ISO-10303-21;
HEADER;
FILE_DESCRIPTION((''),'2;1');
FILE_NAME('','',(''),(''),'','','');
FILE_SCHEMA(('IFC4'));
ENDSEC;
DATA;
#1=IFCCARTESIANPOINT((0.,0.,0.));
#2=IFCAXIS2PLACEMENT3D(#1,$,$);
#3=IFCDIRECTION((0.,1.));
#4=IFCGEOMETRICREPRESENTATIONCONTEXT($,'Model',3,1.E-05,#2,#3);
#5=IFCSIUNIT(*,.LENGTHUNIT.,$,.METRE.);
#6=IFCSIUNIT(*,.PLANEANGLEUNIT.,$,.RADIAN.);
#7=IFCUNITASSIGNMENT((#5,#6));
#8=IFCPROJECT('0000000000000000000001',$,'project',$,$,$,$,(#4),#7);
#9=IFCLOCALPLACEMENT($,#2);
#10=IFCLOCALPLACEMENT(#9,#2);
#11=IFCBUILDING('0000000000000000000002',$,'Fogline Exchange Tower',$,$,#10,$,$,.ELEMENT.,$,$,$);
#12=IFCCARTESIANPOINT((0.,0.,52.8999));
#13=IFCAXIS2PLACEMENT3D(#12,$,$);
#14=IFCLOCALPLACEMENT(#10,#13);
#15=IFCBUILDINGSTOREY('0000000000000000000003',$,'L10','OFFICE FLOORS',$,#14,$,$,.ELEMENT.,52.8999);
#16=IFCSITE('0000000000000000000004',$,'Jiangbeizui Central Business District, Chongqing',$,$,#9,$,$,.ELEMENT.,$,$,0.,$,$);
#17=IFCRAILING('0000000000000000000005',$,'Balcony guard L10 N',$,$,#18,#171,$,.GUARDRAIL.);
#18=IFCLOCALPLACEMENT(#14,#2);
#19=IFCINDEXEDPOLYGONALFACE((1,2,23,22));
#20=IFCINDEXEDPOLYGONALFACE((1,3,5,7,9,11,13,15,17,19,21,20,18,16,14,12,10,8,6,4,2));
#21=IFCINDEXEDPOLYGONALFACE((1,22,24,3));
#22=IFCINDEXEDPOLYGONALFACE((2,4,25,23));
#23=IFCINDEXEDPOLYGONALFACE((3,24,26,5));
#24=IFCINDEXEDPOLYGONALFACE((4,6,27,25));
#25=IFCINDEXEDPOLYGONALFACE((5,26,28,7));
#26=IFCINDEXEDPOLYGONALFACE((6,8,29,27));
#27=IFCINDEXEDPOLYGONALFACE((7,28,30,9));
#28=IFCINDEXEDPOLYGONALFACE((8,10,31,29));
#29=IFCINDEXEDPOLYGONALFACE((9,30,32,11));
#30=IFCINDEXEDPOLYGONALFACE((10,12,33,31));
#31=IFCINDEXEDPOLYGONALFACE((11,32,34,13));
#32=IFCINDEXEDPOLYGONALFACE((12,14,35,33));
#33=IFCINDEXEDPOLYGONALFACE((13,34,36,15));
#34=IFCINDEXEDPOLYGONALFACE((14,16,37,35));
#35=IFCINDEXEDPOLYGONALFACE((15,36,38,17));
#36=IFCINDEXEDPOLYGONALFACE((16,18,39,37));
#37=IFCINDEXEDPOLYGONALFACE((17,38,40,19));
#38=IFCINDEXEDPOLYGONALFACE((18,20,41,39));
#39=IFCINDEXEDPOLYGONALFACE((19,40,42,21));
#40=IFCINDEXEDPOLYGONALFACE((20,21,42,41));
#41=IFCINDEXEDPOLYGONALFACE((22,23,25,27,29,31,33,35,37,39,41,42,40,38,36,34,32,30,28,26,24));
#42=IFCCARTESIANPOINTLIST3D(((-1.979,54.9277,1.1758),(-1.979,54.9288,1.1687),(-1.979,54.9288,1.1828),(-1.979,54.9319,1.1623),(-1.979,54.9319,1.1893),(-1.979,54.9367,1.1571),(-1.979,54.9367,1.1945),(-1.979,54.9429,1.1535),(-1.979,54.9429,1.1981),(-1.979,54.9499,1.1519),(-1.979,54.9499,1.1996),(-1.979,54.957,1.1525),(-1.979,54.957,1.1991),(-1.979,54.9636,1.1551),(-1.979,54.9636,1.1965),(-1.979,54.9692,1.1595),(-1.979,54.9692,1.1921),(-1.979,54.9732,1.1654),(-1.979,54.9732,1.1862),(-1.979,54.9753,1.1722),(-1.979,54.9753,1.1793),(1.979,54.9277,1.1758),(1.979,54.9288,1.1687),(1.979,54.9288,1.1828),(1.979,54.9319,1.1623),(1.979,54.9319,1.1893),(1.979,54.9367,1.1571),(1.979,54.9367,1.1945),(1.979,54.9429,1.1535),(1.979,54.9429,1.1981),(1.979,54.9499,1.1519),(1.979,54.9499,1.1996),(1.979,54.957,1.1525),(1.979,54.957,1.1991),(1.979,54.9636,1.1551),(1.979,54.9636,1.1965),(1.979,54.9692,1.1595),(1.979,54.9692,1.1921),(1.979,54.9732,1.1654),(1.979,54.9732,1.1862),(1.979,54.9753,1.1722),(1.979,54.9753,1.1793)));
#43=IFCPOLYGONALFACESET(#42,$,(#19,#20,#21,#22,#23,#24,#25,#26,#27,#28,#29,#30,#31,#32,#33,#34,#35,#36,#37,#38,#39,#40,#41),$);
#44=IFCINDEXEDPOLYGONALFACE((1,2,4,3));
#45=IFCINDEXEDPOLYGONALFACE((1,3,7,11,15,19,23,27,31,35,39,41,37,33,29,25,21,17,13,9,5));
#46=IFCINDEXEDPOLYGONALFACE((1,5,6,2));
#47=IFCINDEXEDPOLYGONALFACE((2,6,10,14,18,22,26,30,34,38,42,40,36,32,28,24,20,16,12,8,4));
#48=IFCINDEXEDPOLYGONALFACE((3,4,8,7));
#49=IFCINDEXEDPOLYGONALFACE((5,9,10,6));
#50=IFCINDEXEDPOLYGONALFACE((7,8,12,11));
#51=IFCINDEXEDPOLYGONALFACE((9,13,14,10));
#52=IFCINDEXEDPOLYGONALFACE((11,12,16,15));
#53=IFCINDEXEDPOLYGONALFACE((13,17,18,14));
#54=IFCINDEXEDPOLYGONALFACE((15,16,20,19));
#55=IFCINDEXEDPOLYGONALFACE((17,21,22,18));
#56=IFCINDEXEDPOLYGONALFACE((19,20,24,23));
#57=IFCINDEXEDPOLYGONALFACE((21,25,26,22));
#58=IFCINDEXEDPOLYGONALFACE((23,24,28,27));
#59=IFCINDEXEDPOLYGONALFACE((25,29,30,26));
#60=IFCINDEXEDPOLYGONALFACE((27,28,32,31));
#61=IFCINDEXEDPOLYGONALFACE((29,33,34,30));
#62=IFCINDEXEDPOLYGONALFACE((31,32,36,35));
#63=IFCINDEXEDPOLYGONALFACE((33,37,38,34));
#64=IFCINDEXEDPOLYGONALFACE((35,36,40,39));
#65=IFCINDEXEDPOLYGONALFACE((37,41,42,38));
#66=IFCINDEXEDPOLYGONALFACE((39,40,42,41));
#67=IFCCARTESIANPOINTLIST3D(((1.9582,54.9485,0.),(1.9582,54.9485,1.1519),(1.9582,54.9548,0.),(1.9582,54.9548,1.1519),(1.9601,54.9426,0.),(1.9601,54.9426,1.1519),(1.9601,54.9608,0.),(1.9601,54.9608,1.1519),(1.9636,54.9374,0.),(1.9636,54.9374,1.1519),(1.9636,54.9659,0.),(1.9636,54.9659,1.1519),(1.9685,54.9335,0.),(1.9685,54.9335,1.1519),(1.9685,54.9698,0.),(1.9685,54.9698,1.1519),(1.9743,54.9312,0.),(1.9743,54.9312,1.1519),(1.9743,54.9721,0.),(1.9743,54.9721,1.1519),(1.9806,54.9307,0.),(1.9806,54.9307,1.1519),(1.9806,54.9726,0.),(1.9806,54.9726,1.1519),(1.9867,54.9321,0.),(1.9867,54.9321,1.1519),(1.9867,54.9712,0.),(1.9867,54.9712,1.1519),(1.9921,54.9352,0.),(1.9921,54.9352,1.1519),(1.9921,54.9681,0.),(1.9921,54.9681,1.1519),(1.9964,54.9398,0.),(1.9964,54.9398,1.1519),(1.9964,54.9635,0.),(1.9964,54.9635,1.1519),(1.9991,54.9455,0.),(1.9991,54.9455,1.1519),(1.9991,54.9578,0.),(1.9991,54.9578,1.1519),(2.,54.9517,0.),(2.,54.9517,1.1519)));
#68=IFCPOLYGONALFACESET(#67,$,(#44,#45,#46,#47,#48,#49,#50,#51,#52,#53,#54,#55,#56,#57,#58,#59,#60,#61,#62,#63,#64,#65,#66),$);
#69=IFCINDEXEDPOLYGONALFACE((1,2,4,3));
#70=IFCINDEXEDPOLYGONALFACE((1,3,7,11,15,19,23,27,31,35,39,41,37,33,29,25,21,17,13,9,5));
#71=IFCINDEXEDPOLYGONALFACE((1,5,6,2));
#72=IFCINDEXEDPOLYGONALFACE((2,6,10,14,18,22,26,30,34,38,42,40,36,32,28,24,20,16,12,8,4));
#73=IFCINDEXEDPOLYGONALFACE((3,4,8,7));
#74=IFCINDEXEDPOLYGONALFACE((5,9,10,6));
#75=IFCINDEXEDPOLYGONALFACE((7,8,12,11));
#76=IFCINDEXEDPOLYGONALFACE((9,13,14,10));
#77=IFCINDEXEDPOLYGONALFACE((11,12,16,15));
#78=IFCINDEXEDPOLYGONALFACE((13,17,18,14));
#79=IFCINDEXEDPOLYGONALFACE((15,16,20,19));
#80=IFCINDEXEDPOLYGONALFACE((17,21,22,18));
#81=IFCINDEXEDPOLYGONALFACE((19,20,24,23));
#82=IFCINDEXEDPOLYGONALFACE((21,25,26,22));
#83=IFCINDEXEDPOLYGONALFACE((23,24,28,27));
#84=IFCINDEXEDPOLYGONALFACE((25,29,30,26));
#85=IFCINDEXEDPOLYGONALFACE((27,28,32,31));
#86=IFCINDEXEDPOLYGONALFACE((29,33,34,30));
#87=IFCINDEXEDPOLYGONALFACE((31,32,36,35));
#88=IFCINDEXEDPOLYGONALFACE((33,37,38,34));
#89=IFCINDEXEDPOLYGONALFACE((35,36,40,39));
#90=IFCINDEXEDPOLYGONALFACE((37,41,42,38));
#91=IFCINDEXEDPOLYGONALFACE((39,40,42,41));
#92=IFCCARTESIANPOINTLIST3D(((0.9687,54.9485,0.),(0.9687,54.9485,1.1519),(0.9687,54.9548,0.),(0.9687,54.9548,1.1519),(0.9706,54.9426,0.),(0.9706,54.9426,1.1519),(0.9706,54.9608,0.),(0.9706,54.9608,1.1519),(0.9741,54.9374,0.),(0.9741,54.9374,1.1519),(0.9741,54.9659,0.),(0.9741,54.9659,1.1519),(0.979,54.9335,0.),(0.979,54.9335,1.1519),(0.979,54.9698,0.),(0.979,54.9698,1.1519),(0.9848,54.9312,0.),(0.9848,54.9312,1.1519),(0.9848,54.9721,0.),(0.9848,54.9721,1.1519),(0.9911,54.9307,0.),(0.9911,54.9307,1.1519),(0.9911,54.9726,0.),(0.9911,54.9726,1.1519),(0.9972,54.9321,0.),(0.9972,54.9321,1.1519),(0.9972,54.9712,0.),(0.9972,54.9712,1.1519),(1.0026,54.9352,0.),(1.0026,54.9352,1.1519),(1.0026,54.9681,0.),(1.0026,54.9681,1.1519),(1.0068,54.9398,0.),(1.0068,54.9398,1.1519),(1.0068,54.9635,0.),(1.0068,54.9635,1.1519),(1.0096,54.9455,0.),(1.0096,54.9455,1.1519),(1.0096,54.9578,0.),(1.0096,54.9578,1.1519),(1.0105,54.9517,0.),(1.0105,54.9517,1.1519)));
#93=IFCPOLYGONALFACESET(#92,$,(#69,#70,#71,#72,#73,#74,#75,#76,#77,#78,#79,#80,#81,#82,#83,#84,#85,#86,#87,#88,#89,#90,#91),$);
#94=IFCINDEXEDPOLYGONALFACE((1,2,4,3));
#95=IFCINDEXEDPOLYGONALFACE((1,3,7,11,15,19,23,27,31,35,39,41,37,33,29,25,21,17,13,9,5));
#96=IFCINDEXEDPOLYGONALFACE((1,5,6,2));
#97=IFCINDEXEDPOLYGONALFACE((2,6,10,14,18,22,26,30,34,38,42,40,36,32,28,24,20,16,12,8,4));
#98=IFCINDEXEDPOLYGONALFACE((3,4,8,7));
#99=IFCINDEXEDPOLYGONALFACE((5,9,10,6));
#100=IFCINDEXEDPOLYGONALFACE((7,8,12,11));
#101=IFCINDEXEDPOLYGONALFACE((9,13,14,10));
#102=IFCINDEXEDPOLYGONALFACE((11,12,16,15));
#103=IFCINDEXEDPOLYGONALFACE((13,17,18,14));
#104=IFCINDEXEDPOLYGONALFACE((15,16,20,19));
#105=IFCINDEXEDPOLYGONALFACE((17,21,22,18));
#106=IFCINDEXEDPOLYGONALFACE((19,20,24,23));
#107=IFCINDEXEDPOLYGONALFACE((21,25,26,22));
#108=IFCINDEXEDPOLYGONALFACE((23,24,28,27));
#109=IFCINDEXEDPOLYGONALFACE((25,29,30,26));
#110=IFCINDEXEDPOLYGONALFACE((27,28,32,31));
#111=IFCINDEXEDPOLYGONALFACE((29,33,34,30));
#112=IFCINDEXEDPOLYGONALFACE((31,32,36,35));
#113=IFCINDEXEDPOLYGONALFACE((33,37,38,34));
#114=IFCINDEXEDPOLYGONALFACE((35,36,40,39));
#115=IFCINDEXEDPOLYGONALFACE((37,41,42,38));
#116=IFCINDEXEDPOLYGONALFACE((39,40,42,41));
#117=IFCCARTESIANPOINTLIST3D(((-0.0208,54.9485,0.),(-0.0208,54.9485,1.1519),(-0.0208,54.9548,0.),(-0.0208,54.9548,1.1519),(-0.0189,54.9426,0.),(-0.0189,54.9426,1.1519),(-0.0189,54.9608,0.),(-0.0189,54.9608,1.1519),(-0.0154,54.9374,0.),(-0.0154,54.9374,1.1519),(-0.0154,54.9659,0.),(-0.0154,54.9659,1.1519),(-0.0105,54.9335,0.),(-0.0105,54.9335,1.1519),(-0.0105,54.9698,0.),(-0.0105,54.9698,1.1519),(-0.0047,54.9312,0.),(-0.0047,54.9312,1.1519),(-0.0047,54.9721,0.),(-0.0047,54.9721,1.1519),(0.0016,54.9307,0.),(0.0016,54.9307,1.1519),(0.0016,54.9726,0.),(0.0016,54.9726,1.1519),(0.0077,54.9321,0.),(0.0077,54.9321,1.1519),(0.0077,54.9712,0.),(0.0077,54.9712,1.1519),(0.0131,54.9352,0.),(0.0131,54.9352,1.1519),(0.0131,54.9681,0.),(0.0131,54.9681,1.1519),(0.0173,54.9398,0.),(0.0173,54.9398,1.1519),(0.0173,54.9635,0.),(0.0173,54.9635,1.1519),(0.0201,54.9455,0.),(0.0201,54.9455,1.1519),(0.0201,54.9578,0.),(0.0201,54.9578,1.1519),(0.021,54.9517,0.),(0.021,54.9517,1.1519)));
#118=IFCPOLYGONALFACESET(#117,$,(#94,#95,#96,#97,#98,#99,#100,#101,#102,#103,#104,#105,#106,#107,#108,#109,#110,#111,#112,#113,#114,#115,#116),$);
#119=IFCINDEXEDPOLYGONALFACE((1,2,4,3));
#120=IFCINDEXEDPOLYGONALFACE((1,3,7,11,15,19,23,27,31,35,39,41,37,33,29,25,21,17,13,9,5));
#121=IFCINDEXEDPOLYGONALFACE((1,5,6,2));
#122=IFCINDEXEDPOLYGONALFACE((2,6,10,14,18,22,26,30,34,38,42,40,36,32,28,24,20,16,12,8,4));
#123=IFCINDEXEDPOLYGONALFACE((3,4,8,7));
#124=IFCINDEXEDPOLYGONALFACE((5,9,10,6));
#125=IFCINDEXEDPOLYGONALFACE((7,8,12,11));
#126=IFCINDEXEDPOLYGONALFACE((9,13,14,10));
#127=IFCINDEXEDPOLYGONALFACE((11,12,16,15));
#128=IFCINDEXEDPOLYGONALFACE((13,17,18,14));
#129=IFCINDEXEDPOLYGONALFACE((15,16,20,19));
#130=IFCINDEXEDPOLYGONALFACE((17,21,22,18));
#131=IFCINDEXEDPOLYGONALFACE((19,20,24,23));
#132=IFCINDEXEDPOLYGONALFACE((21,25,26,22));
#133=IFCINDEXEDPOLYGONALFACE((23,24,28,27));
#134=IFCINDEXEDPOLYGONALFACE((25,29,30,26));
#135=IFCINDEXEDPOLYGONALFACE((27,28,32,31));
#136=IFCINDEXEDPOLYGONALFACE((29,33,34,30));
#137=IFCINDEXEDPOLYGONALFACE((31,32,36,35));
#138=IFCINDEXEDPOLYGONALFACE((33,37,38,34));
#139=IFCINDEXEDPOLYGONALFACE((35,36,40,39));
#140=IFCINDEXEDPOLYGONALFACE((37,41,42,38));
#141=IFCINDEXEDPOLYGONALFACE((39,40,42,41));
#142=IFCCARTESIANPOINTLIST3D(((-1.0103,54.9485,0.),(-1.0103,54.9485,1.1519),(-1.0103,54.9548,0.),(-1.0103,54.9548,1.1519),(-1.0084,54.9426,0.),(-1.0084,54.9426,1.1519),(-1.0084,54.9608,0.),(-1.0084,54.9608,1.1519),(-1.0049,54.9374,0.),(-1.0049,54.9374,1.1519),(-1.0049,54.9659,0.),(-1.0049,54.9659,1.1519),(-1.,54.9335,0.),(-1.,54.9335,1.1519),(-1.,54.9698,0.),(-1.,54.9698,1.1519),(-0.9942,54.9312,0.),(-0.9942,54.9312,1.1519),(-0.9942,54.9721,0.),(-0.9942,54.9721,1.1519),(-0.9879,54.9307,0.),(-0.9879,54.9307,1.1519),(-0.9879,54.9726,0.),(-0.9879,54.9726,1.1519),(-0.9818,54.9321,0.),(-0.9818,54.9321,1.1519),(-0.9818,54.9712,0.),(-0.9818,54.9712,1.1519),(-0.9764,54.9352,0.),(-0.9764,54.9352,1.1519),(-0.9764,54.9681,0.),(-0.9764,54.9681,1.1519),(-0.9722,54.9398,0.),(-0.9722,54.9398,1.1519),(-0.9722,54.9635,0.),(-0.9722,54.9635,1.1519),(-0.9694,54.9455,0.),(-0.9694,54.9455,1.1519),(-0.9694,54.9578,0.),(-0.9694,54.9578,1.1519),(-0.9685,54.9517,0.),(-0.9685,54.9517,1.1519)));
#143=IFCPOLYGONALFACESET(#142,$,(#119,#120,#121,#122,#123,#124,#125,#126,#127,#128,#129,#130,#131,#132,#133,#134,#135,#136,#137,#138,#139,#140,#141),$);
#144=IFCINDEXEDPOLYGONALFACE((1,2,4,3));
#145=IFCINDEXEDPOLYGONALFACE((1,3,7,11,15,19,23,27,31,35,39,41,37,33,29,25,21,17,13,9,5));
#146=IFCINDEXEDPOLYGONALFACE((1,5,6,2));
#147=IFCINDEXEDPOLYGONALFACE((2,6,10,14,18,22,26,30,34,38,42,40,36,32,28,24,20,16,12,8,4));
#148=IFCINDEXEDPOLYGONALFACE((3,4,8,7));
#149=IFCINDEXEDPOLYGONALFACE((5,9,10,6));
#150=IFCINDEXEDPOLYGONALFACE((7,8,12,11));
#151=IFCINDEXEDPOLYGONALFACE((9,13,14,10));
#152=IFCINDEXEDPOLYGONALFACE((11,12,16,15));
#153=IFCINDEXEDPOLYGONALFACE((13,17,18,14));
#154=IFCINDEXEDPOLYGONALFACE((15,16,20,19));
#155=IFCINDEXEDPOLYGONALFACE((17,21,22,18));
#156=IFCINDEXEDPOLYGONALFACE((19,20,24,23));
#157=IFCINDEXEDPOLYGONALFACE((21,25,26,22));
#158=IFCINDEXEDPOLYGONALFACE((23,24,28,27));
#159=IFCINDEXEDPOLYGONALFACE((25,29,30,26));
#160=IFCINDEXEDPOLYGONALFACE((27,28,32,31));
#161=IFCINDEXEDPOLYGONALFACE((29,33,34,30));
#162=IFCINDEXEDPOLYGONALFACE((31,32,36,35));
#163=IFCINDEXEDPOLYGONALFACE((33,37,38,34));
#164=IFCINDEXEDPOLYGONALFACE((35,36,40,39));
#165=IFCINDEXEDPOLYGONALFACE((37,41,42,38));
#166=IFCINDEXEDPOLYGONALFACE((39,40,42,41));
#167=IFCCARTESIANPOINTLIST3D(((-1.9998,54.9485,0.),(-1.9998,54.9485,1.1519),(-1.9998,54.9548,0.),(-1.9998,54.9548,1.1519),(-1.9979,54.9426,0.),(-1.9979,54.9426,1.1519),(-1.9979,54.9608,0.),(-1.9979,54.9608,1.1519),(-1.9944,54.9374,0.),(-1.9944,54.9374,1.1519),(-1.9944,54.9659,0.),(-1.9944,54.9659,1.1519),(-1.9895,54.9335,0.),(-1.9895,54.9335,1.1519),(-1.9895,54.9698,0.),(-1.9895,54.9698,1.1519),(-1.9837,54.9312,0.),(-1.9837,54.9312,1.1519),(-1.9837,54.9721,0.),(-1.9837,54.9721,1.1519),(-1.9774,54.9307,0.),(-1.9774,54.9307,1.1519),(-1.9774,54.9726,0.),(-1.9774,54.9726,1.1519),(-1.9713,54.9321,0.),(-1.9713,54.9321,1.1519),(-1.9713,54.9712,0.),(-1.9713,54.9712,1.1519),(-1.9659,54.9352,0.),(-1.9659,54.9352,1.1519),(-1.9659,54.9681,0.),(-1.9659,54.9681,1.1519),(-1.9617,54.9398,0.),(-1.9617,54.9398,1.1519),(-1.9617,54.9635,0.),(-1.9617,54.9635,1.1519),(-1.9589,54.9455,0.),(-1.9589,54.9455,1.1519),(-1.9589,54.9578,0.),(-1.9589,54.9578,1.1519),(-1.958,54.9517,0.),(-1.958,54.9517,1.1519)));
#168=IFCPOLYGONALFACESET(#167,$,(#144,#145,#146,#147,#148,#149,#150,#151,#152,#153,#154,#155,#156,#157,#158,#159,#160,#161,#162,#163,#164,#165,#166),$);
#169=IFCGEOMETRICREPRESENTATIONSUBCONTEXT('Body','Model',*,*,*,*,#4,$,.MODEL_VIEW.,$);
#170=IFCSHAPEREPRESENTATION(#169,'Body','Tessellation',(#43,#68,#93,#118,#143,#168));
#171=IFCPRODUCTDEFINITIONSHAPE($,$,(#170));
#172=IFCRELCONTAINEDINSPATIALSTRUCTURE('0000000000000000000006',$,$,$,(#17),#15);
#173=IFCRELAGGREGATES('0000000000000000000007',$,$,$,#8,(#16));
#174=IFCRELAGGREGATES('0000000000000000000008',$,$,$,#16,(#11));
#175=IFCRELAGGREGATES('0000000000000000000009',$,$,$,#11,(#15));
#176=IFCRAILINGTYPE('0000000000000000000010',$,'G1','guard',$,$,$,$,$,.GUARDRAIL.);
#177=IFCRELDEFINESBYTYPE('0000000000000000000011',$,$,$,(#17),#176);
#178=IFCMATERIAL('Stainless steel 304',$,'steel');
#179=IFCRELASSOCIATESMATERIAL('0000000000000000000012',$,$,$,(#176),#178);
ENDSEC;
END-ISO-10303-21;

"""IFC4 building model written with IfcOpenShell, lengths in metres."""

from ifc_helpers import new_model, si_unit, direction, frame, origin, origin_2d, place, context, subcontext, project, spatial, circle, extrude, material, type_object, element, save


model = new_model("IFC4")

# Units and contexts
model_context = context("Model", 3, precision=1e-05, world=origin(), true_north=direction((0.0, 1.0)))
body_context = subcontext(model_context, "Body", "Model", "MODEL_VIEW")
ifc_project = project(units=[si_unit("LENGTHUNIT", "METRE"), si_unit("PLANEANGLEUNIT", "RADIAN")], contexts=[model_context])

# Site, building, storey
site_placement = place(None, origin())
site = spatial("IfcSite", under=ifc_project, at=site_placement, Name="Jiangbeizui Central Business District, Chongqing", CompositionType="ELEMENT", RefElevation=0.0)
building_placement = place(site_placement, origin())
building = spatial("IfcBuilding", under=site, at=building_placement, Name="Fogline Exchange Tower", CompositionType="ELEMENT")
storey_placement = place(building_placement, frame((0.0, 0.0, 52.8999)))
storey = spatial("IfcBuildingStorey", under=building, at=storey_placement, Name="L10", Description="OFFICE FLOORS", CompositionType="ELEMENT", Elevation=52.8999)

# Railing
ifc_material_1 = material(Name="Stainless steel 304", Category="steel")
railing_type = type_object("IfcRailingType", Name="G1", Description="guard", PredefinedType="GUARDRAIL", material=ifc_material_1)
railing_placement = place(storey_placement, frame((1.979, 54.9517, 0.0)))
element("IfcRailing", 1, at=railing_placement, inside=storey, type_object=railing_type, Name="Balcony guard L10 N", PredefinedType="GUARDRAIL", context=body_context, shape_type="SweptSolid", body=[
    extrude(circle(Radius=0.0239, at=origin_2d()), frame((0.0, 0.0, 1.1758), z_axis=(-1.0, 0.0, 0.0), x_axis=(0.0, -1.0, 0.0)), (0.0, 0.0, 1.0), 3.958),
    extrude(circle(Radius=0.021, at=origin_2d()), origin(), (0.0, 0.0, 1.0), 1.1519),
    extrude(circle(Radius=0.021, at=origin_2d()), frame((-0.9895, 0.0, 0.0)), (0.0, 0.0, 1.0), 1.1519),
    extrude(circle(Radius=0.021, at=origin_2d()), frame((-1.979, 0.0, 0.0)), (0.0, 0.0, 1.0), 1.1519),
    extrude(circle(Radius=0.021, at=origin_2d()), frame((-2.9685, 0.0, 0.0)), (0.0, 0.0, 1.0), 1.1519),
    extrude(circle(Radius=0.021, at=origin_2d()), frame((-3.958, 0.0, 0.0)), (0.0, 0.0, 1.0), 1.1519),
])

save(model, "model.ifc")
